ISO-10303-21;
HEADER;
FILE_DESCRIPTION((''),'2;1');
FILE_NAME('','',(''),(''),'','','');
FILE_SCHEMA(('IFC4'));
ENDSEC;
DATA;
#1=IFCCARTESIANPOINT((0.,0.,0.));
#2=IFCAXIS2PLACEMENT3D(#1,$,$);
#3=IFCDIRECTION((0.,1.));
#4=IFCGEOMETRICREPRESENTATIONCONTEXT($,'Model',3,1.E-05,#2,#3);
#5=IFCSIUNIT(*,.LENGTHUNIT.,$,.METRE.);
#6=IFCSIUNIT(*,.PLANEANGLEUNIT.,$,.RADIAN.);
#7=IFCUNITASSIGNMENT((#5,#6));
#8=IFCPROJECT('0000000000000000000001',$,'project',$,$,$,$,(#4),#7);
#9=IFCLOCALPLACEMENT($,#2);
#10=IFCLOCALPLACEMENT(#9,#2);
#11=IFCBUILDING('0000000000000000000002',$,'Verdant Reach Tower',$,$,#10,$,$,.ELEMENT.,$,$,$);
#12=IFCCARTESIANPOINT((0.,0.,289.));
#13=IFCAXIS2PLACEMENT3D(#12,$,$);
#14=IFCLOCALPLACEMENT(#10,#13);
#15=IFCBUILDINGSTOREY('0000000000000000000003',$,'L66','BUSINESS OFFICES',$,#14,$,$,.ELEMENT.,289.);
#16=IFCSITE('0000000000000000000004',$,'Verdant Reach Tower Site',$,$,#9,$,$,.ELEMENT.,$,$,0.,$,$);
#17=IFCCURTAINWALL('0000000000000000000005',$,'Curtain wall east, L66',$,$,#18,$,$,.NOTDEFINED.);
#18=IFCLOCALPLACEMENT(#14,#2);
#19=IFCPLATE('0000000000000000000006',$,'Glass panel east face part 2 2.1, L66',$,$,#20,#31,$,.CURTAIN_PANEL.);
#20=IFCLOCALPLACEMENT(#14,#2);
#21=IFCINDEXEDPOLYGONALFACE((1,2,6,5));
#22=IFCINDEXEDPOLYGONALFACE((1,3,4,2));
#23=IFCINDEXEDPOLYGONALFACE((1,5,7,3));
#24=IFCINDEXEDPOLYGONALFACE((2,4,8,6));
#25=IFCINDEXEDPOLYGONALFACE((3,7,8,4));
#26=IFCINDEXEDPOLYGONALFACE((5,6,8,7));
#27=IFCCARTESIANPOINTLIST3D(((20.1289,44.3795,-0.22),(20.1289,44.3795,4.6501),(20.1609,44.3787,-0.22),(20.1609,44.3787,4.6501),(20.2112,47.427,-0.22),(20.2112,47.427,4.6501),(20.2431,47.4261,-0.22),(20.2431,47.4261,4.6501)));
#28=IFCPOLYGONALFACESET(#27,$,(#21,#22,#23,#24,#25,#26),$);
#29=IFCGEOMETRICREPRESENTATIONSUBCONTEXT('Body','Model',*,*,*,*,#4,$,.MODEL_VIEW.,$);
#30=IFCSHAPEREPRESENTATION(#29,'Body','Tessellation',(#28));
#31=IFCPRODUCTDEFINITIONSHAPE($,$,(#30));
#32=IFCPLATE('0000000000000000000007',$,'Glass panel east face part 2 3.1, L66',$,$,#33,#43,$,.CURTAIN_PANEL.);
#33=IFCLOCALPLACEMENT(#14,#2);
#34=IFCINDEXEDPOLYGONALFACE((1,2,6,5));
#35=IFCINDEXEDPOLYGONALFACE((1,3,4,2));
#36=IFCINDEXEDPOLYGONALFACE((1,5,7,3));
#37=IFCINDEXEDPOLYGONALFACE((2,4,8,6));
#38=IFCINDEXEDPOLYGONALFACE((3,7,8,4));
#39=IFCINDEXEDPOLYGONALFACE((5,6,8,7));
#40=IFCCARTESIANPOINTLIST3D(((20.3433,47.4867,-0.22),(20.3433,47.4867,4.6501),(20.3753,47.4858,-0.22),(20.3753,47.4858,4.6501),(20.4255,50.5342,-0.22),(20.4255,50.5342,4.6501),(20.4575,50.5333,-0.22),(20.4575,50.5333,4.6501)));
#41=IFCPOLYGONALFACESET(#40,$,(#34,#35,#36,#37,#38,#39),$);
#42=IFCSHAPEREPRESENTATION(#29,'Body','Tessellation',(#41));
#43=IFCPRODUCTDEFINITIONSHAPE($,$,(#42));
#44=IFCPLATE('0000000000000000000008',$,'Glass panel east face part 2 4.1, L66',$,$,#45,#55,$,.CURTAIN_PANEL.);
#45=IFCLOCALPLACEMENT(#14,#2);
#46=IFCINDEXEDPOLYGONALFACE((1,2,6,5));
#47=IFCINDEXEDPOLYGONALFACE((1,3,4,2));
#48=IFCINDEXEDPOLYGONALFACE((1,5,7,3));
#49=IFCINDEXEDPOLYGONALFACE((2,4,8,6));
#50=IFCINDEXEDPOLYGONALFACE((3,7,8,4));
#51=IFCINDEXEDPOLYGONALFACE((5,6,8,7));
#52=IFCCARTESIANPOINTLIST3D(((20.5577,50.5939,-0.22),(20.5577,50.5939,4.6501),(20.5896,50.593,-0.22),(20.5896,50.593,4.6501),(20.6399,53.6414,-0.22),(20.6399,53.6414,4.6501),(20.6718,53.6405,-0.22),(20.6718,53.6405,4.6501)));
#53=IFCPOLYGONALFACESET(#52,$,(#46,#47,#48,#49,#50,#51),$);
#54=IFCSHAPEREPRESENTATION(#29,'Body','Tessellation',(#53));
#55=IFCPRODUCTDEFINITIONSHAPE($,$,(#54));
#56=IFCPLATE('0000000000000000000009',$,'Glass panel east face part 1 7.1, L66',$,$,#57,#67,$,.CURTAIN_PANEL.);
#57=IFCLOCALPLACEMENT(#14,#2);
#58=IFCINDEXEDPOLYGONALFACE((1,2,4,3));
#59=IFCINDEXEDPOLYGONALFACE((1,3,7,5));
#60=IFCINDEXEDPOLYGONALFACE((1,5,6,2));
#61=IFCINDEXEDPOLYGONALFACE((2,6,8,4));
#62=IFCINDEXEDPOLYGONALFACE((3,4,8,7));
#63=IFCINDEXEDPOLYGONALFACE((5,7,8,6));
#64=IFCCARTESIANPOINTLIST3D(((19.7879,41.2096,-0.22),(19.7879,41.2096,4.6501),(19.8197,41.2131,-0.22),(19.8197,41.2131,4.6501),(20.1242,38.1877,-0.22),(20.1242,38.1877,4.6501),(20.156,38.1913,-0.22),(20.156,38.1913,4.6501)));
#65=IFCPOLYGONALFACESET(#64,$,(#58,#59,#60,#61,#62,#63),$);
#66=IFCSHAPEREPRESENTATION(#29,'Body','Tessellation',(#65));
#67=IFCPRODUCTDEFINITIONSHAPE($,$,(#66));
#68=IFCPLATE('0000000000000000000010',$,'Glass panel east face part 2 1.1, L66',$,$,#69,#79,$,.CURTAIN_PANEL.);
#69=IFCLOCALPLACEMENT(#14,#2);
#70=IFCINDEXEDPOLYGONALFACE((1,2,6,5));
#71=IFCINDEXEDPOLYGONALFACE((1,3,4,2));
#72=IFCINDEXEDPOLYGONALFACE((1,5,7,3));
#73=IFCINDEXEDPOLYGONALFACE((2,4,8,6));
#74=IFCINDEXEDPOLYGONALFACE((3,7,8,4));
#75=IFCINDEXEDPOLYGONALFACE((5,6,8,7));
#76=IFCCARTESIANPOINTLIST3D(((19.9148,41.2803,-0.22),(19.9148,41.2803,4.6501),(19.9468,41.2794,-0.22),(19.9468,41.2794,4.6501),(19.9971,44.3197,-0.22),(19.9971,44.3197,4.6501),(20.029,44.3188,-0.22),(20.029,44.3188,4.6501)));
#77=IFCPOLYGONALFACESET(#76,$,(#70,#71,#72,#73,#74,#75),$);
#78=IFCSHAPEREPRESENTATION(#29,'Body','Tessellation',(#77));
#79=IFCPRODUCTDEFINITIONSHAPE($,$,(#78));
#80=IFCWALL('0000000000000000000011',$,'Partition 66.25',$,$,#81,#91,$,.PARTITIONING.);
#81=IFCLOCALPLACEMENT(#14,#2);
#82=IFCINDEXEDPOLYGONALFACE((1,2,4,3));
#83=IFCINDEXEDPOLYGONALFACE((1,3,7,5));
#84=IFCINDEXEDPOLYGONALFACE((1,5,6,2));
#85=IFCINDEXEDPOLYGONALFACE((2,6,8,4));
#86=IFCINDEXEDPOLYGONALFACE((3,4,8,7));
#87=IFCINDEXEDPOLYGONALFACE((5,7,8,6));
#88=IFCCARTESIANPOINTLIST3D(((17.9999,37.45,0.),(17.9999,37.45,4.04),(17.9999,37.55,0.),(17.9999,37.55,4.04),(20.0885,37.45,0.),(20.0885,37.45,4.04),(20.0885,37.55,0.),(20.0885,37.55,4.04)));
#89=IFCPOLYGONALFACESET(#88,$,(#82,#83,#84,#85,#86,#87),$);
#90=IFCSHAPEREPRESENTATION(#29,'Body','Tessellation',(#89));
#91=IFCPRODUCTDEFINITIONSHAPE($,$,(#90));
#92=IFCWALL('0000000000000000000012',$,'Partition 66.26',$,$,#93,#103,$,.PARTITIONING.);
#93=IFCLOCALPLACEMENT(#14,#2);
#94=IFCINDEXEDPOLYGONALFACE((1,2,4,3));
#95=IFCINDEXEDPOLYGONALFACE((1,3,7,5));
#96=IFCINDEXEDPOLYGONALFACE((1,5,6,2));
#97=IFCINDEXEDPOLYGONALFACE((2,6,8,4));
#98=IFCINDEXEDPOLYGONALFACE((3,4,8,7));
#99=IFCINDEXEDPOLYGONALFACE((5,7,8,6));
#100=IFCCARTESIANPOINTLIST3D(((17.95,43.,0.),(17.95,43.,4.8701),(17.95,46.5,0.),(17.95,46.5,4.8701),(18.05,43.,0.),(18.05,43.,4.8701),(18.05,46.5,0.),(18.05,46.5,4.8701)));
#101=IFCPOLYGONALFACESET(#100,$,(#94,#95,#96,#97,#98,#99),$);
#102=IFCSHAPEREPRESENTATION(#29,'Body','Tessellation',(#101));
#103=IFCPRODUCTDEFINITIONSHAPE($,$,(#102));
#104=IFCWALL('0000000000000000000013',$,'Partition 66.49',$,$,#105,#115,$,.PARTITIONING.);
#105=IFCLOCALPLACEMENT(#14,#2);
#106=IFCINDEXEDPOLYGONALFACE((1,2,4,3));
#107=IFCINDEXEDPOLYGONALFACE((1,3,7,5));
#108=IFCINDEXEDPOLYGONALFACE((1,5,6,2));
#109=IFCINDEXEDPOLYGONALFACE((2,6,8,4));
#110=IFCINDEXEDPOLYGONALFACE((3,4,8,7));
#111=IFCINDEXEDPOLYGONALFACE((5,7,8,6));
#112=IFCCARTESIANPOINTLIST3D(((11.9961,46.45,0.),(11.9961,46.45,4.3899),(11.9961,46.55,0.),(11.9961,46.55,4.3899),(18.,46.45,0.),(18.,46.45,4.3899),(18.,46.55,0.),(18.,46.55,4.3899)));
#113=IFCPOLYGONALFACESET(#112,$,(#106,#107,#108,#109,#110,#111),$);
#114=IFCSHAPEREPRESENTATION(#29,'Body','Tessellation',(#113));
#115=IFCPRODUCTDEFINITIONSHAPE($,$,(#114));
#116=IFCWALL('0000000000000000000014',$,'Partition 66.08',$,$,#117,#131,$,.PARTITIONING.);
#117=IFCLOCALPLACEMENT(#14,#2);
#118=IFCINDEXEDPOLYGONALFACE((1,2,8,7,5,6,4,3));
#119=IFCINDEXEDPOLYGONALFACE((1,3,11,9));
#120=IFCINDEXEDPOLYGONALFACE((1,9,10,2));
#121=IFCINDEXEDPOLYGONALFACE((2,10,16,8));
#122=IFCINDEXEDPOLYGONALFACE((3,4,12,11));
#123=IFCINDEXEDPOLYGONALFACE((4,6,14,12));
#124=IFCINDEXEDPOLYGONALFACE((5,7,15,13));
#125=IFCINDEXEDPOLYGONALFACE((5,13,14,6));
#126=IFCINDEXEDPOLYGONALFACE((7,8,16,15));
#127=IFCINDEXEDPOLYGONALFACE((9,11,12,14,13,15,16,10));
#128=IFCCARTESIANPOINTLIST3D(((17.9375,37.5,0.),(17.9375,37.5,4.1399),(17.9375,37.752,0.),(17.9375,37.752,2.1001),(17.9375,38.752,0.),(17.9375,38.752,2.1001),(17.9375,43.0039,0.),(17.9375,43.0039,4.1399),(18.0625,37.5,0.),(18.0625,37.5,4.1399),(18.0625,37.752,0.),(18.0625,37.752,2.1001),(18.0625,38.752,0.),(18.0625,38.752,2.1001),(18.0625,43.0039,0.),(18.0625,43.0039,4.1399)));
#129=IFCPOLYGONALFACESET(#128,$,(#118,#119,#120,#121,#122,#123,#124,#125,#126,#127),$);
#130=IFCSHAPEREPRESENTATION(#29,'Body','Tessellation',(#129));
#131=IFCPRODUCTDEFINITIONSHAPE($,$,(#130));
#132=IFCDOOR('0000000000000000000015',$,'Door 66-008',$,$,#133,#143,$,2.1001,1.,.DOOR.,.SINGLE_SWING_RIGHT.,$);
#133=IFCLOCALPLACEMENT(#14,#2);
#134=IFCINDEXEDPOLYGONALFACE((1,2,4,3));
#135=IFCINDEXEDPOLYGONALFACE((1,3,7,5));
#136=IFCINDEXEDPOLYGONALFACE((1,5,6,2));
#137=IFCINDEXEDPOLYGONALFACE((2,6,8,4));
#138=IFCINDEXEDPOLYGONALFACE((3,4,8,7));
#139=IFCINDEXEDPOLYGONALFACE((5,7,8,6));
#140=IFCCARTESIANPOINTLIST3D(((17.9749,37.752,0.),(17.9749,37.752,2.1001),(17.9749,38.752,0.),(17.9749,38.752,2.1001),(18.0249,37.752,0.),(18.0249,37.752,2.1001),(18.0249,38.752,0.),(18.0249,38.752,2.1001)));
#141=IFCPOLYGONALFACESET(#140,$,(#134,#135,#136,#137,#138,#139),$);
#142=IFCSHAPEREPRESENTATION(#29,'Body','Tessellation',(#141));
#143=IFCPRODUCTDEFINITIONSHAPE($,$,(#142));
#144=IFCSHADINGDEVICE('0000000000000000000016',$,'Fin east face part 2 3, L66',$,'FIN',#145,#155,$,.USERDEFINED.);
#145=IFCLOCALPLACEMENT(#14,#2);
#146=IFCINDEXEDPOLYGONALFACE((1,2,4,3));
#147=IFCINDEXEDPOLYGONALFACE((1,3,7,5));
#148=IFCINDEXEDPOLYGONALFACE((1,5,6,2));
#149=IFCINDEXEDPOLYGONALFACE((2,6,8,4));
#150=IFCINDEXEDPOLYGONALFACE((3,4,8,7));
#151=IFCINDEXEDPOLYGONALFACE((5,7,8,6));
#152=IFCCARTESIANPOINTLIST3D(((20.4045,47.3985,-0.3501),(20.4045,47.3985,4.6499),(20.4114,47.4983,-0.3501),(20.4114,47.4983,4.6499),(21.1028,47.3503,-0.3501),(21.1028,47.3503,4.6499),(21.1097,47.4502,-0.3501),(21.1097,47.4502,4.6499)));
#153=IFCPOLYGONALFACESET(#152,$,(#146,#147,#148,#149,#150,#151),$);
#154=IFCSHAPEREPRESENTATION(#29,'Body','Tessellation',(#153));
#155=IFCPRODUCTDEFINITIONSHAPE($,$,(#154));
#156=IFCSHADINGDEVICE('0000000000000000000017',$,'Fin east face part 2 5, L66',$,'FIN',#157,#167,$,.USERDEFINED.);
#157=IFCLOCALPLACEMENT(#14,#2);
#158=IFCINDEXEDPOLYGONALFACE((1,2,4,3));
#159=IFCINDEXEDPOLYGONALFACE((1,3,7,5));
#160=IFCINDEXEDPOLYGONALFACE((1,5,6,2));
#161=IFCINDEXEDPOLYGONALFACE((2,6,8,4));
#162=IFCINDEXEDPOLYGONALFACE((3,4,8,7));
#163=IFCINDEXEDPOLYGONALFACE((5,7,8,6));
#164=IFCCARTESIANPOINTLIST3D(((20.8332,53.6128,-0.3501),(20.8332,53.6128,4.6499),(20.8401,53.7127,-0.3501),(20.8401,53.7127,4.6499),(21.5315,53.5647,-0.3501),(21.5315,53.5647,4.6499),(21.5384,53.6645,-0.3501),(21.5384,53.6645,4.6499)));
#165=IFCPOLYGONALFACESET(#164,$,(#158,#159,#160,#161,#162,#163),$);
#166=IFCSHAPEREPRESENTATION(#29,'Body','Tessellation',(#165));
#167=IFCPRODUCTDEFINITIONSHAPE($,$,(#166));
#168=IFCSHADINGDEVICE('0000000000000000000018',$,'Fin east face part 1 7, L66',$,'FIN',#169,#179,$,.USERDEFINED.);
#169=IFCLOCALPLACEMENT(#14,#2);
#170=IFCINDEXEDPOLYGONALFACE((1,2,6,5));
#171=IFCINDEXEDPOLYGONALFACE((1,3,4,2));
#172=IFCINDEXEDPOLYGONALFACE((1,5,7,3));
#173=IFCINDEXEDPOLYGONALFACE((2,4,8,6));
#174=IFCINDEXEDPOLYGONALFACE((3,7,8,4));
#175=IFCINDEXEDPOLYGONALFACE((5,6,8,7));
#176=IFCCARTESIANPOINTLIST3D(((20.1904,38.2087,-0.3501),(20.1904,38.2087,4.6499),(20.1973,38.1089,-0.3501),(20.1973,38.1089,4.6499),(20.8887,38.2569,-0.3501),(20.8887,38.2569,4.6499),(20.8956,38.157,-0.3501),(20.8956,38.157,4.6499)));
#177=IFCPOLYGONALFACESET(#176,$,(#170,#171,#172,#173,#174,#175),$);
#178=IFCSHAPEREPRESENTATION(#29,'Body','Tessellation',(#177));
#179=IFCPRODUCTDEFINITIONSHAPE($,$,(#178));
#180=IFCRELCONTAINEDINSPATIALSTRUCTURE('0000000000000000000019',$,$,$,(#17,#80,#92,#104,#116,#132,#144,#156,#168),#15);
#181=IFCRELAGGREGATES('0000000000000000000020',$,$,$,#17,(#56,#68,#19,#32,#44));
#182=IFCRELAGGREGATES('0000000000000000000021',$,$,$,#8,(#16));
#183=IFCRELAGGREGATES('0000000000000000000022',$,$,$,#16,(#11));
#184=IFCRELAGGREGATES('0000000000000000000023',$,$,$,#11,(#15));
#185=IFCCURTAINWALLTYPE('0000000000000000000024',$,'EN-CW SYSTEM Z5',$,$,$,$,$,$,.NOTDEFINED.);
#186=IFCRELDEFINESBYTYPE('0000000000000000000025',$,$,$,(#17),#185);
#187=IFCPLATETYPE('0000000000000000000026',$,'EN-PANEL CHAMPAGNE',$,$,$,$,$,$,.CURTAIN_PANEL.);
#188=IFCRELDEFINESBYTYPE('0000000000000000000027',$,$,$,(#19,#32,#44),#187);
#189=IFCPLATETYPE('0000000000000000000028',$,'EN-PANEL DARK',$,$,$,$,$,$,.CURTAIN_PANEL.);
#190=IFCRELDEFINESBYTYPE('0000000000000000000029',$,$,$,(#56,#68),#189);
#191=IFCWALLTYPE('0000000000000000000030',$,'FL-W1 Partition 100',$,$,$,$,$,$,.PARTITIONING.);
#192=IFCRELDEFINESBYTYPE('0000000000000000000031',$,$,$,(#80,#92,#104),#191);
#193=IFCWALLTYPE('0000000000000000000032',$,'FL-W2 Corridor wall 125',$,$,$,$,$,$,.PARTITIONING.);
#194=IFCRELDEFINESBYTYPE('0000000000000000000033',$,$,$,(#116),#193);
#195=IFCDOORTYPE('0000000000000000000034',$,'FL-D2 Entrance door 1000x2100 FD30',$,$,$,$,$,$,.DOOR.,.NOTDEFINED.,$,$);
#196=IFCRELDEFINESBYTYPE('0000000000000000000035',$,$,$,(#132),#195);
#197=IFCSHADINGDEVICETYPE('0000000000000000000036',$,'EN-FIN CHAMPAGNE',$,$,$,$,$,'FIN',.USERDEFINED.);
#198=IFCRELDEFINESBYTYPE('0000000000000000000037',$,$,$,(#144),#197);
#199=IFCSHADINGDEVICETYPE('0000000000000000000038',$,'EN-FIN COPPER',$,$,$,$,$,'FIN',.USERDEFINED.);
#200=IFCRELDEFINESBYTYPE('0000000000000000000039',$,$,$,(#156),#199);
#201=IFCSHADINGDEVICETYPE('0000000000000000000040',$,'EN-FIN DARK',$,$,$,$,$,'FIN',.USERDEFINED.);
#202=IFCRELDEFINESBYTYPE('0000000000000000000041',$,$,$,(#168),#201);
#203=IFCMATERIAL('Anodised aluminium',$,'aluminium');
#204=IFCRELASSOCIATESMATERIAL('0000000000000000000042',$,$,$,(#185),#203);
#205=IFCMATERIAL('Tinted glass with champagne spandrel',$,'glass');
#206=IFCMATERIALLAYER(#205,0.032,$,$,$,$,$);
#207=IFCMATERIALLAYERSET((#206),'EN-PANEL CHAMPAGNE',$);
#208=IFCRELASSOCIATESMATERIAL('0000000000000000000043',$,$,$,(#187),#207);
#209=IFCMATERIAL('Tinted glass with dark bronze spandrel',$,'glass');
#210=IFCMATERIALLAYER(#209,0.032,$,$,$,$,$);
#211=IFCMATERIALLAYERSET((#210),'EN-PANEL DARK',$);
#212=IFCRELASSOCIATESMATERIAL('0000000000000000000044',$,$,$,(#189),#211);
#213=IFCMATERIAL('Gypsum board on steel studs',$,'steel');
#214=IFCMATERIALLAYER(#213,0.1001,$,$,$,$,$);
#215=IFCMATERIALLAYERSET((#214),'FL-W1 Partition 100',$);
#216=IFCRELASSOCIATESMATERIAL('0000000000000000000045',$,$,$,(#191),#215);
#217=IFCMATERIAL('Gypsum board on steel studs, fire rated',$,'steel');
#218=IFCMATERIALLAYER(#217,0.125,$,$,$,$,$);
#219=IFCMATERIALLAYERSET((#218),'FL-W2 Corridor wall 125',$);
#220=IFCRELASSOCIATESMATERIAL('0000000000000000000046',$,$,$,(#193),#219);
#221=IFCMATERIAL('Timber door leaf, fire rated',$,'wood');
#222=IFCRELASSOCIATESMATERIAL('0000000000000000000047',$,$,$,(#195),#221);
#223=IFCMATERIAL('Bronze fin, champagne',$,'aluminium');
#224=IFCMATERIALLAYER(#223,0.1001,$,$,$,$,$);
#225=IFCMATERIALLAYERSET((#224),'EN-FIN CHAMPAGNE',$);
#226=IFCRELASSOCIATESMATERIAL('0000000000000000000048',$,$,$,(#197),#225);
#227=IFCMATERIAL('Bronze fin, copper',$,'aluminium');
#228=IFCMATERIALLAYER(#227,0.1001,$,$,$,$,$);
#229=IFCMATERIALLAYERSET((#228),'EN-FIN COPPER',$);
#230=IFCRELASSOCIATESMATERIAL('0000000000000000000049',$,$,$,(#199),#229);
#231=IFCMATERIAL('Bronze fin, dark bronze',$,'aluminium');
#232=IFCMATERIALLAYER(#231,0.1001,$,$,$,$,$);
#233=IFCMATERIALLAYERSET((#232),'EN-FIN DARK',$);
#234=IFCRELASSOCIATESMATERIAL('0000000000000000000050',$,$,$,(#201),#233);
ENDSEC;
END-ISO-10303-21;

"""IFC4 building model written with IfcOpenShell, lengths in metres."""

from ifc_helpers import new_model, si_unit, direction, frame, frame_2d, origin, origin_2d, place, context, subcontext, project, spatial, rectangle, extrude, material, layer, layer_set, type_object, element, fill, aggregate, save


model = new_model("IFC4")

# Units and contexts
model_context = context("Model", 3, precision=1e-05, world=origin(), true_north=direction((0.0, 1.0)))
body_context = subcontext(model_context, "Body", "Model", "MODEL_VIEW")
ifc_project = project(units=[si_unit("LENGTHUNIT", "METRE"), si_unit("PLANEANGLEUNIT", "RADIAN")], contexts=[model_context])

# Site, building, storey
site_placement = place(None, origin())
site = spatial("IfcSite", under=ifc_project, at=site_placement, Name="Verdant Reach Tower Site", CompositionType="ELEMENT", RefElevation=0.0)
building_placement = place(site_placement, origin())
building = spatial("IfcBuilding", under=site, at=building_placement, Name="Verdant Reach Tower", CompositionType="ELEMENT")
storey_placement = place(building_placement, frame((0.0, 0.0, 289.0)))
storey = spatial("IfcBuildingStorey", under=building, at=storey_placement, Name="L66", Description="BUSINESS OFFICES", CompositionType="ELEMENT", Elevation=289.0)

# Curtain wall
ifc_material_1 = material(Name="Anodised aluminium", Category="aluminium")
curtain_wall_type = type_object("IfcCurtainWallType", Name="EN-CW SYSTEM Z5", PredefinedType="NOTDEFINED", material=ifc_material_1)
curtain_wall_placement = place(storey_placement, origin())
curtain_wall = element("IfcCurtainWall", 1, at=curtain_wall_placement, inside=storey, type_object=curtain_wall_type, Name="Curtain wall east, L66", PredefinedType="NOTDEFINED")

# Plates
ifc_material_2 = material(Name="Tinted glass with champagne spandrel", Category="glass")
ifc_layer_1 = layer(ifc_material_2, 0.032)
ifc_layer_set_1 = layer_set([ifc_layer_1], Name="EN-PANEL CHAMPAGNE")
plate_type_1 = type_object("IfcPlateType", Name="EN-PANEL CHAMPAGNE", PredefinedType="CURTAIN_PANEL", material=ifc_layer_set_1)
plate_1_placement = place(storey_placement, frame((20.186, 45.9028, -0.22), z_axis=(0.0, 0.0, 1.0), x_axis=(0.026965, 0.999636, 0.0)))
plate_1 = element("IfcPlate", 2, at=plate_1_placement, type_object=plate_type_1, Name="Glass panel east face part 2 2.1, L66", PredefinedType="CURTAIN_PANEL", context=body_context, shape_type="SweptSolid", body=[
    extrude(rectangle(XDim=3.0486, YDim=0.032, at=origin_2d()), origin(), (0.0, 0.0, 1.0), 4.8701),
])
plate_2_placement = place(storey_placement, frame((20.4004, 49.01, -0.22), z_axis=(0.0, 0.0, 1.0), x_axis=(0.026965, 0.999636, 0.0)))
plate_2 = element("IfcPlate", 3, at=plate_2_placement, type_object=plate_type_1, Name="Glass panel east face part 2 3.1, L66", PredefinedType="CURTAIN_PANEL", context=body_context, shape_type="SweptSolid", body=[
    extrude(rectangle(XDim=3.0486, YDim=0.032, at=origin_2d()), origin(), (0.0, 0.0, 1.0), 4.8701),
])
plate_3_placement = place(storey_placement, frame((20.6147, 52.1172, -0.22), z_axis=(0.0, 0.0, 1.0), x_axis=(0.026965, 0.999636, 0.0)))
plate_3 = element("IfcPlate", 4, at=plate_3_placement, type_object=plate_type_1, Name="Glass panel east face part 2 4.1, L66", PredefinedType="CURTAIN_PANEL", context=body_context, shape_type="SweptSolid", body=[
    extrude(rectangle(XDim=3.0486, YDim=0.032, at=origin_2d()), origin(), (0.0, 0.0, 1.0), 4.8701),
])
ifc_material_3 = material(Name="Tinted glass with dark bronze spandrel", Category="glass")
ifc_layer_2 = layer(ifc_material_3, 0.032)
ifc_layer_set_2 = layer_set([ifc_layer_2], Name="EN-PANEL DARK")
plate_type_2 = type_object("IfcPlateType", Name="EN-PANEL DARK", PredefinedType="CURTAIN_PANEL", material=ifc_layer_set_2)
plate_4_placement = place(storey_placement, frame((19.9719, 39.7004, -0.22), z_axis=(0.0, 0.0, 1.0), x_axis=(-0.110605, 0.993864, 0.0)))
plate_4 = element("IfcPlate", 5, at=plate_4_placement, type_object=plate_type_2, Name="Glass panel east face part 1 7.1, L66", PredefinedType="CURTAIN_PANEL", context=body_context, shape_type="SweptSolid", body=[
    extrude(rectangle(XDim=3.0405, YDim=0.032, at=origin_2d()), origin(), (0.0, 0.0, 1.0), 4.8701),
])
plate_5_placement = place(storey_placement, frame((19.9719, 42.7996, -0.22), z_axis=(0.0, 0.0, 1.0), x_axis=(0.027053, 0.999634, 0.0)))
plate_5 = element("IfcPlate", 6, at=plate_5_placement, type_object=plate_type_2, Name="Glass panel east face part 2 1.1, L66", PredefinedType="CURTAIN_PANEL", context=body_context, shape_type="SweptSolid", body=[
    extrude(rectangle(XDim=3.0405, YDim=0.032, at=origin_2d()), origin(), (0.0, 0.0, 1.0), 4.8701),
])
aggregate(curtain_wall, [plate_4, plate_5, plate_1, plate_2, plate_3])

# Walls
ifc_material_4 = material(Name="Gypsum board on steel studs", Category="steel")
ifc_layer_3 = layer(ifc_material_4, 0.1001)
ifc_layer_set_3 = layer_set([ifc_layer_3], Name="FL-W1 Partition 100")
wall_type_1 = type_object("IfcWallType", Name="FL-W1 Partition 100", PredefinedType="PARTITIONING", material=ifc_layer_set_3)
wall_1_placement = place(storey_placement, frame((20.0886, 37.5, 0.0), z_axis=(0.0, 0.0, 1.0), x_axis=(-1.0, 0.0, 0.0)))
element("IfcWall", 7, at=wall_1_placement, inside=storey, type_object=wall_type_1, Name="Partition 66.25", PredefinedType="PARTITIONING", context=body_context, shape_type="SweptSolid", body=[
    extrude(rectangle(XDim=2.0886, YDim=0.1001, at=frame_2d((1.0444, 0.0))), origin(), (0.0, 0.0, 1.0), 4.04),
])
wall_2_placement = place(storey_placement, frame((18.0, 46.5, 0.0), z_axis=(0.0, 0.0, 1.0), x_axis=(0.0, -1.0, 0.0)))
element("IfcWall", 8, at=wall_2_placement, inside=storey, type_object=wall_type_1, Name="Partition 66.26", PredefinedType="PARTITIONING", context=body_context, shape_type="SweptSolid", body=[
    extrude(rectangle(XDim=3.5, YDim=0.1001, at=frame_2d((1.75, 0.0))), origin(), (0.0, 0.0, 1.0), 4.8701),
])
wall_3_placement = place(storey_placement, frame((18.0, 46.5, 0.0), z_axis=(0.0, 0.0, 1.0), x_axis=(-1.0, 0.0, 0.0)))
element("IfcWall", 9, at=wall_3_placement, inside=storey, type_object=wall_type_1, Name="Partition 66.49", PredefinedType="PARTITIONING", context=body_context, shape_type="SweptSolid", body=[
    extrude(rectangle(XDim=6.0039, YDim=0.1001, at=frame_2d((3.002, 0.0))), origin(), (0.0, 0.0, 1.0), 4.3899),
])

# Wall, opening, door
ifc_material_5 = material(Name="Gypsum board on steel studs, fire rated", Category="steel")
ifc_layer_4 = layer(ifc_material_5, 0.125)
ifc_layer_set_4 = layer_set([ifc_layer_4], Name="FL-W2 Corridor wall 125")
wall_type_2 = type_object("IfcWallType", Name="FL-W2 Corridor wall 125", PredefinedType="PARTITIONING", material=ifc_layer_set_4)
wall_4_placement = place(storey_placement, frame((18.0, 43.0039, 0.0), z_axis=(0.0, 0.0, 1.0), x_axis=(0.0, -1.0, 0.0)))
wall_4 = element("IfcWall", 10, at=wall_4_placement, inside=storey, type_object=wall_type_2, Name="Partition 66.08", PredefinedType="PARTITIONING", context=body_context, shape_type="SweptSolid", body=[
    extrude(rectangle(XDim=5.5039, YDim=0.125, at=frame_2d((2.752, 0.0))), origin(), (0.0, 0.0, 1.0), 4.1399),
])
opening_placement = place(wall_4_placement, frame((4.252, 0.0, 0.0)))
opening = element("IfcOpeningElement", 11, at=opening_placement, cuts=wall_4, PredefinedType="OPENING", context=body_context, shape_type="SweptSolid", body=[
    extrude(rectangle(XDim=1.0, YDim=2.1001, at=frame_2d((0.5, 1.05))), frame((0.0, 0.0725, 0.0), z_axis=(0.0, -1.0, 0.0), x_axis=(1.0, 0.0, 0.0)), (0.0, 0.0, 1.0), 0.145),
])
ifc_material_6 = material(Name="Timber door leaf, fire rated", Category="wood")
door_type = type_object("IfcDoorType", Name="FL-D2 Entrance door 1000x2100 FD30", OperationType="NOTDEFINED", PredefinedType="DOOR", material=ifc_material_6)
door_placement = place(opening_placement, origin())
door = element("IfcDoor", 12, at=door_placement, inside=storey, type_object=door_type, Name="Door 66-008", OperationType="SINGLE_SWING_RIGHT", OverallHeight=2.1001, OverallWidth=1.0, PredefinedType="DOOR", context=body_context, shape_type="SweptSolid", body=[
    extrude(rectangle(XDim=1.0, YDim=2.1001, at=frame_2d((0.5, 1.05))), frame((0.0, 0.0249, 0.0), z_axis=(0.0, -1.0, 0.0), x_axis=(1.0, 0.0, 0.0)), (0.0, 0.0, 1.0), 0.05),
])
fill(opening, door)

# Shading devices
ifc_material_7 = material(Name="Bronze fin, champagne", Category="aluminium")
ifc_layer_5 = layer(ifc_material_7, 0.1001)
ifc_layer_set_5 = layer_set([ifc_layer_5], Name="EN-FIN CHAMPAGNE")
shading_device_type_1 = type_object("IfcShadingDeviceType", Name="EN-FIN CHAMPAGNE", ElementType="FIN", PredefinedType="USERDEFINED", material=ifc_layer_set_5)
shading_device_1_placement = place(storey_placement, frame((20.7571, 47.4243, -0.3501), z_axis=(0.0, 0.0, 1.0), x_axis=(0.068802, 0.99763, 0.0)))
element("IfcShadingDevice", 13, at=shading_device_1_placement, inside=storey, type_object=shading_device_type_1, Name="Fin east face part 2 3, L66", ObjectType="FIN", PredefinedType="USERDEFINED", context=body_context, shape_type="SweptSolid", body=[
    extrude(rectangle(XDim=0.1001, YDim=0.7, at=origin_2d()), origin(), (0.0, 0.0, 1.0), 5.0),
])
ifc_material_8 = material(Name="Bronze fin, copper", Category="aluminium")
ifc_layer_6 = layer(ifc_material_8, 0.1001)
ifc_layer_set_6 = layer_set([ifc_layer_6], Name="EN-FIN COPPER")
shading_device_type_2 = type_object("IfcShadingDeviceType", Name="EN-FIN COPPER", ElementType="FIN", PredefinedType="USERDEFINED", material=ifc_layer_set_6)
shading_device_2_placement = place(storey_placement, frame((21.1858, 53.6387, -0.3501), z_axis=(0.0, 0.0, 1.0), x_axis=(0.068802, 0.99763, 0.0)))
element("IfcShadingDevice", 14, at=shading_device_2_placement, inside=storey, type_object=shading_device_type_2, Name="Fin east face part 2 5, L66", ObjectType="FIN", PredefinedType="USERDEFINED", context=body_context, shape_type="SweptSolid", body=[
    extrude(rectangle(XDim=0.1001, YDim=0.7, at=origin_2d()), origin(), (0.0, 0.0, 1.0), 5.0),
])
ifc_material_9 = material(Name="Bronze fin, dark bronze", Category="aluminium")
ifc_layer_7 = layer(ifc_material_9, 0.1001)
ifc_layer_set_7 = layer_set([ifc_layer_7], Name="EN-FIN DARK")
shading_device_type_3 = type_object("IfcShadingDeviceType", Name="EN-FIN DARK", ElementType="FIN", PredefinedType="USERDEFINED", material=ifc_layer_set_7)
for number, where, z_axis, x_axis, name in (
    (15, (20.543, 38.1829, -0.3501), (0.0, 0.0, 1.0), (-0.068802, 0.99763, 0.0), "Fin east face part 1 7, L66"),
):
    element("IfcShadingDevice", number, at=place(storey_placement, frame(where, z_axis=z_axis, x_axis=x_axis)), inside=storey, type_object=shading_device_type_3, Name=name, ObjectType="FIN", PredefinedType="USERDEFINED", context=body_context, shape_type="SweptSolid", body=[
        extrude(rectangle(XDim=0.1001, YDim=0.7, at=origin_2d()), origin(), (0.0, 0.0, 1.0), 5.0),
    ])

save(model, "model.ifc")
